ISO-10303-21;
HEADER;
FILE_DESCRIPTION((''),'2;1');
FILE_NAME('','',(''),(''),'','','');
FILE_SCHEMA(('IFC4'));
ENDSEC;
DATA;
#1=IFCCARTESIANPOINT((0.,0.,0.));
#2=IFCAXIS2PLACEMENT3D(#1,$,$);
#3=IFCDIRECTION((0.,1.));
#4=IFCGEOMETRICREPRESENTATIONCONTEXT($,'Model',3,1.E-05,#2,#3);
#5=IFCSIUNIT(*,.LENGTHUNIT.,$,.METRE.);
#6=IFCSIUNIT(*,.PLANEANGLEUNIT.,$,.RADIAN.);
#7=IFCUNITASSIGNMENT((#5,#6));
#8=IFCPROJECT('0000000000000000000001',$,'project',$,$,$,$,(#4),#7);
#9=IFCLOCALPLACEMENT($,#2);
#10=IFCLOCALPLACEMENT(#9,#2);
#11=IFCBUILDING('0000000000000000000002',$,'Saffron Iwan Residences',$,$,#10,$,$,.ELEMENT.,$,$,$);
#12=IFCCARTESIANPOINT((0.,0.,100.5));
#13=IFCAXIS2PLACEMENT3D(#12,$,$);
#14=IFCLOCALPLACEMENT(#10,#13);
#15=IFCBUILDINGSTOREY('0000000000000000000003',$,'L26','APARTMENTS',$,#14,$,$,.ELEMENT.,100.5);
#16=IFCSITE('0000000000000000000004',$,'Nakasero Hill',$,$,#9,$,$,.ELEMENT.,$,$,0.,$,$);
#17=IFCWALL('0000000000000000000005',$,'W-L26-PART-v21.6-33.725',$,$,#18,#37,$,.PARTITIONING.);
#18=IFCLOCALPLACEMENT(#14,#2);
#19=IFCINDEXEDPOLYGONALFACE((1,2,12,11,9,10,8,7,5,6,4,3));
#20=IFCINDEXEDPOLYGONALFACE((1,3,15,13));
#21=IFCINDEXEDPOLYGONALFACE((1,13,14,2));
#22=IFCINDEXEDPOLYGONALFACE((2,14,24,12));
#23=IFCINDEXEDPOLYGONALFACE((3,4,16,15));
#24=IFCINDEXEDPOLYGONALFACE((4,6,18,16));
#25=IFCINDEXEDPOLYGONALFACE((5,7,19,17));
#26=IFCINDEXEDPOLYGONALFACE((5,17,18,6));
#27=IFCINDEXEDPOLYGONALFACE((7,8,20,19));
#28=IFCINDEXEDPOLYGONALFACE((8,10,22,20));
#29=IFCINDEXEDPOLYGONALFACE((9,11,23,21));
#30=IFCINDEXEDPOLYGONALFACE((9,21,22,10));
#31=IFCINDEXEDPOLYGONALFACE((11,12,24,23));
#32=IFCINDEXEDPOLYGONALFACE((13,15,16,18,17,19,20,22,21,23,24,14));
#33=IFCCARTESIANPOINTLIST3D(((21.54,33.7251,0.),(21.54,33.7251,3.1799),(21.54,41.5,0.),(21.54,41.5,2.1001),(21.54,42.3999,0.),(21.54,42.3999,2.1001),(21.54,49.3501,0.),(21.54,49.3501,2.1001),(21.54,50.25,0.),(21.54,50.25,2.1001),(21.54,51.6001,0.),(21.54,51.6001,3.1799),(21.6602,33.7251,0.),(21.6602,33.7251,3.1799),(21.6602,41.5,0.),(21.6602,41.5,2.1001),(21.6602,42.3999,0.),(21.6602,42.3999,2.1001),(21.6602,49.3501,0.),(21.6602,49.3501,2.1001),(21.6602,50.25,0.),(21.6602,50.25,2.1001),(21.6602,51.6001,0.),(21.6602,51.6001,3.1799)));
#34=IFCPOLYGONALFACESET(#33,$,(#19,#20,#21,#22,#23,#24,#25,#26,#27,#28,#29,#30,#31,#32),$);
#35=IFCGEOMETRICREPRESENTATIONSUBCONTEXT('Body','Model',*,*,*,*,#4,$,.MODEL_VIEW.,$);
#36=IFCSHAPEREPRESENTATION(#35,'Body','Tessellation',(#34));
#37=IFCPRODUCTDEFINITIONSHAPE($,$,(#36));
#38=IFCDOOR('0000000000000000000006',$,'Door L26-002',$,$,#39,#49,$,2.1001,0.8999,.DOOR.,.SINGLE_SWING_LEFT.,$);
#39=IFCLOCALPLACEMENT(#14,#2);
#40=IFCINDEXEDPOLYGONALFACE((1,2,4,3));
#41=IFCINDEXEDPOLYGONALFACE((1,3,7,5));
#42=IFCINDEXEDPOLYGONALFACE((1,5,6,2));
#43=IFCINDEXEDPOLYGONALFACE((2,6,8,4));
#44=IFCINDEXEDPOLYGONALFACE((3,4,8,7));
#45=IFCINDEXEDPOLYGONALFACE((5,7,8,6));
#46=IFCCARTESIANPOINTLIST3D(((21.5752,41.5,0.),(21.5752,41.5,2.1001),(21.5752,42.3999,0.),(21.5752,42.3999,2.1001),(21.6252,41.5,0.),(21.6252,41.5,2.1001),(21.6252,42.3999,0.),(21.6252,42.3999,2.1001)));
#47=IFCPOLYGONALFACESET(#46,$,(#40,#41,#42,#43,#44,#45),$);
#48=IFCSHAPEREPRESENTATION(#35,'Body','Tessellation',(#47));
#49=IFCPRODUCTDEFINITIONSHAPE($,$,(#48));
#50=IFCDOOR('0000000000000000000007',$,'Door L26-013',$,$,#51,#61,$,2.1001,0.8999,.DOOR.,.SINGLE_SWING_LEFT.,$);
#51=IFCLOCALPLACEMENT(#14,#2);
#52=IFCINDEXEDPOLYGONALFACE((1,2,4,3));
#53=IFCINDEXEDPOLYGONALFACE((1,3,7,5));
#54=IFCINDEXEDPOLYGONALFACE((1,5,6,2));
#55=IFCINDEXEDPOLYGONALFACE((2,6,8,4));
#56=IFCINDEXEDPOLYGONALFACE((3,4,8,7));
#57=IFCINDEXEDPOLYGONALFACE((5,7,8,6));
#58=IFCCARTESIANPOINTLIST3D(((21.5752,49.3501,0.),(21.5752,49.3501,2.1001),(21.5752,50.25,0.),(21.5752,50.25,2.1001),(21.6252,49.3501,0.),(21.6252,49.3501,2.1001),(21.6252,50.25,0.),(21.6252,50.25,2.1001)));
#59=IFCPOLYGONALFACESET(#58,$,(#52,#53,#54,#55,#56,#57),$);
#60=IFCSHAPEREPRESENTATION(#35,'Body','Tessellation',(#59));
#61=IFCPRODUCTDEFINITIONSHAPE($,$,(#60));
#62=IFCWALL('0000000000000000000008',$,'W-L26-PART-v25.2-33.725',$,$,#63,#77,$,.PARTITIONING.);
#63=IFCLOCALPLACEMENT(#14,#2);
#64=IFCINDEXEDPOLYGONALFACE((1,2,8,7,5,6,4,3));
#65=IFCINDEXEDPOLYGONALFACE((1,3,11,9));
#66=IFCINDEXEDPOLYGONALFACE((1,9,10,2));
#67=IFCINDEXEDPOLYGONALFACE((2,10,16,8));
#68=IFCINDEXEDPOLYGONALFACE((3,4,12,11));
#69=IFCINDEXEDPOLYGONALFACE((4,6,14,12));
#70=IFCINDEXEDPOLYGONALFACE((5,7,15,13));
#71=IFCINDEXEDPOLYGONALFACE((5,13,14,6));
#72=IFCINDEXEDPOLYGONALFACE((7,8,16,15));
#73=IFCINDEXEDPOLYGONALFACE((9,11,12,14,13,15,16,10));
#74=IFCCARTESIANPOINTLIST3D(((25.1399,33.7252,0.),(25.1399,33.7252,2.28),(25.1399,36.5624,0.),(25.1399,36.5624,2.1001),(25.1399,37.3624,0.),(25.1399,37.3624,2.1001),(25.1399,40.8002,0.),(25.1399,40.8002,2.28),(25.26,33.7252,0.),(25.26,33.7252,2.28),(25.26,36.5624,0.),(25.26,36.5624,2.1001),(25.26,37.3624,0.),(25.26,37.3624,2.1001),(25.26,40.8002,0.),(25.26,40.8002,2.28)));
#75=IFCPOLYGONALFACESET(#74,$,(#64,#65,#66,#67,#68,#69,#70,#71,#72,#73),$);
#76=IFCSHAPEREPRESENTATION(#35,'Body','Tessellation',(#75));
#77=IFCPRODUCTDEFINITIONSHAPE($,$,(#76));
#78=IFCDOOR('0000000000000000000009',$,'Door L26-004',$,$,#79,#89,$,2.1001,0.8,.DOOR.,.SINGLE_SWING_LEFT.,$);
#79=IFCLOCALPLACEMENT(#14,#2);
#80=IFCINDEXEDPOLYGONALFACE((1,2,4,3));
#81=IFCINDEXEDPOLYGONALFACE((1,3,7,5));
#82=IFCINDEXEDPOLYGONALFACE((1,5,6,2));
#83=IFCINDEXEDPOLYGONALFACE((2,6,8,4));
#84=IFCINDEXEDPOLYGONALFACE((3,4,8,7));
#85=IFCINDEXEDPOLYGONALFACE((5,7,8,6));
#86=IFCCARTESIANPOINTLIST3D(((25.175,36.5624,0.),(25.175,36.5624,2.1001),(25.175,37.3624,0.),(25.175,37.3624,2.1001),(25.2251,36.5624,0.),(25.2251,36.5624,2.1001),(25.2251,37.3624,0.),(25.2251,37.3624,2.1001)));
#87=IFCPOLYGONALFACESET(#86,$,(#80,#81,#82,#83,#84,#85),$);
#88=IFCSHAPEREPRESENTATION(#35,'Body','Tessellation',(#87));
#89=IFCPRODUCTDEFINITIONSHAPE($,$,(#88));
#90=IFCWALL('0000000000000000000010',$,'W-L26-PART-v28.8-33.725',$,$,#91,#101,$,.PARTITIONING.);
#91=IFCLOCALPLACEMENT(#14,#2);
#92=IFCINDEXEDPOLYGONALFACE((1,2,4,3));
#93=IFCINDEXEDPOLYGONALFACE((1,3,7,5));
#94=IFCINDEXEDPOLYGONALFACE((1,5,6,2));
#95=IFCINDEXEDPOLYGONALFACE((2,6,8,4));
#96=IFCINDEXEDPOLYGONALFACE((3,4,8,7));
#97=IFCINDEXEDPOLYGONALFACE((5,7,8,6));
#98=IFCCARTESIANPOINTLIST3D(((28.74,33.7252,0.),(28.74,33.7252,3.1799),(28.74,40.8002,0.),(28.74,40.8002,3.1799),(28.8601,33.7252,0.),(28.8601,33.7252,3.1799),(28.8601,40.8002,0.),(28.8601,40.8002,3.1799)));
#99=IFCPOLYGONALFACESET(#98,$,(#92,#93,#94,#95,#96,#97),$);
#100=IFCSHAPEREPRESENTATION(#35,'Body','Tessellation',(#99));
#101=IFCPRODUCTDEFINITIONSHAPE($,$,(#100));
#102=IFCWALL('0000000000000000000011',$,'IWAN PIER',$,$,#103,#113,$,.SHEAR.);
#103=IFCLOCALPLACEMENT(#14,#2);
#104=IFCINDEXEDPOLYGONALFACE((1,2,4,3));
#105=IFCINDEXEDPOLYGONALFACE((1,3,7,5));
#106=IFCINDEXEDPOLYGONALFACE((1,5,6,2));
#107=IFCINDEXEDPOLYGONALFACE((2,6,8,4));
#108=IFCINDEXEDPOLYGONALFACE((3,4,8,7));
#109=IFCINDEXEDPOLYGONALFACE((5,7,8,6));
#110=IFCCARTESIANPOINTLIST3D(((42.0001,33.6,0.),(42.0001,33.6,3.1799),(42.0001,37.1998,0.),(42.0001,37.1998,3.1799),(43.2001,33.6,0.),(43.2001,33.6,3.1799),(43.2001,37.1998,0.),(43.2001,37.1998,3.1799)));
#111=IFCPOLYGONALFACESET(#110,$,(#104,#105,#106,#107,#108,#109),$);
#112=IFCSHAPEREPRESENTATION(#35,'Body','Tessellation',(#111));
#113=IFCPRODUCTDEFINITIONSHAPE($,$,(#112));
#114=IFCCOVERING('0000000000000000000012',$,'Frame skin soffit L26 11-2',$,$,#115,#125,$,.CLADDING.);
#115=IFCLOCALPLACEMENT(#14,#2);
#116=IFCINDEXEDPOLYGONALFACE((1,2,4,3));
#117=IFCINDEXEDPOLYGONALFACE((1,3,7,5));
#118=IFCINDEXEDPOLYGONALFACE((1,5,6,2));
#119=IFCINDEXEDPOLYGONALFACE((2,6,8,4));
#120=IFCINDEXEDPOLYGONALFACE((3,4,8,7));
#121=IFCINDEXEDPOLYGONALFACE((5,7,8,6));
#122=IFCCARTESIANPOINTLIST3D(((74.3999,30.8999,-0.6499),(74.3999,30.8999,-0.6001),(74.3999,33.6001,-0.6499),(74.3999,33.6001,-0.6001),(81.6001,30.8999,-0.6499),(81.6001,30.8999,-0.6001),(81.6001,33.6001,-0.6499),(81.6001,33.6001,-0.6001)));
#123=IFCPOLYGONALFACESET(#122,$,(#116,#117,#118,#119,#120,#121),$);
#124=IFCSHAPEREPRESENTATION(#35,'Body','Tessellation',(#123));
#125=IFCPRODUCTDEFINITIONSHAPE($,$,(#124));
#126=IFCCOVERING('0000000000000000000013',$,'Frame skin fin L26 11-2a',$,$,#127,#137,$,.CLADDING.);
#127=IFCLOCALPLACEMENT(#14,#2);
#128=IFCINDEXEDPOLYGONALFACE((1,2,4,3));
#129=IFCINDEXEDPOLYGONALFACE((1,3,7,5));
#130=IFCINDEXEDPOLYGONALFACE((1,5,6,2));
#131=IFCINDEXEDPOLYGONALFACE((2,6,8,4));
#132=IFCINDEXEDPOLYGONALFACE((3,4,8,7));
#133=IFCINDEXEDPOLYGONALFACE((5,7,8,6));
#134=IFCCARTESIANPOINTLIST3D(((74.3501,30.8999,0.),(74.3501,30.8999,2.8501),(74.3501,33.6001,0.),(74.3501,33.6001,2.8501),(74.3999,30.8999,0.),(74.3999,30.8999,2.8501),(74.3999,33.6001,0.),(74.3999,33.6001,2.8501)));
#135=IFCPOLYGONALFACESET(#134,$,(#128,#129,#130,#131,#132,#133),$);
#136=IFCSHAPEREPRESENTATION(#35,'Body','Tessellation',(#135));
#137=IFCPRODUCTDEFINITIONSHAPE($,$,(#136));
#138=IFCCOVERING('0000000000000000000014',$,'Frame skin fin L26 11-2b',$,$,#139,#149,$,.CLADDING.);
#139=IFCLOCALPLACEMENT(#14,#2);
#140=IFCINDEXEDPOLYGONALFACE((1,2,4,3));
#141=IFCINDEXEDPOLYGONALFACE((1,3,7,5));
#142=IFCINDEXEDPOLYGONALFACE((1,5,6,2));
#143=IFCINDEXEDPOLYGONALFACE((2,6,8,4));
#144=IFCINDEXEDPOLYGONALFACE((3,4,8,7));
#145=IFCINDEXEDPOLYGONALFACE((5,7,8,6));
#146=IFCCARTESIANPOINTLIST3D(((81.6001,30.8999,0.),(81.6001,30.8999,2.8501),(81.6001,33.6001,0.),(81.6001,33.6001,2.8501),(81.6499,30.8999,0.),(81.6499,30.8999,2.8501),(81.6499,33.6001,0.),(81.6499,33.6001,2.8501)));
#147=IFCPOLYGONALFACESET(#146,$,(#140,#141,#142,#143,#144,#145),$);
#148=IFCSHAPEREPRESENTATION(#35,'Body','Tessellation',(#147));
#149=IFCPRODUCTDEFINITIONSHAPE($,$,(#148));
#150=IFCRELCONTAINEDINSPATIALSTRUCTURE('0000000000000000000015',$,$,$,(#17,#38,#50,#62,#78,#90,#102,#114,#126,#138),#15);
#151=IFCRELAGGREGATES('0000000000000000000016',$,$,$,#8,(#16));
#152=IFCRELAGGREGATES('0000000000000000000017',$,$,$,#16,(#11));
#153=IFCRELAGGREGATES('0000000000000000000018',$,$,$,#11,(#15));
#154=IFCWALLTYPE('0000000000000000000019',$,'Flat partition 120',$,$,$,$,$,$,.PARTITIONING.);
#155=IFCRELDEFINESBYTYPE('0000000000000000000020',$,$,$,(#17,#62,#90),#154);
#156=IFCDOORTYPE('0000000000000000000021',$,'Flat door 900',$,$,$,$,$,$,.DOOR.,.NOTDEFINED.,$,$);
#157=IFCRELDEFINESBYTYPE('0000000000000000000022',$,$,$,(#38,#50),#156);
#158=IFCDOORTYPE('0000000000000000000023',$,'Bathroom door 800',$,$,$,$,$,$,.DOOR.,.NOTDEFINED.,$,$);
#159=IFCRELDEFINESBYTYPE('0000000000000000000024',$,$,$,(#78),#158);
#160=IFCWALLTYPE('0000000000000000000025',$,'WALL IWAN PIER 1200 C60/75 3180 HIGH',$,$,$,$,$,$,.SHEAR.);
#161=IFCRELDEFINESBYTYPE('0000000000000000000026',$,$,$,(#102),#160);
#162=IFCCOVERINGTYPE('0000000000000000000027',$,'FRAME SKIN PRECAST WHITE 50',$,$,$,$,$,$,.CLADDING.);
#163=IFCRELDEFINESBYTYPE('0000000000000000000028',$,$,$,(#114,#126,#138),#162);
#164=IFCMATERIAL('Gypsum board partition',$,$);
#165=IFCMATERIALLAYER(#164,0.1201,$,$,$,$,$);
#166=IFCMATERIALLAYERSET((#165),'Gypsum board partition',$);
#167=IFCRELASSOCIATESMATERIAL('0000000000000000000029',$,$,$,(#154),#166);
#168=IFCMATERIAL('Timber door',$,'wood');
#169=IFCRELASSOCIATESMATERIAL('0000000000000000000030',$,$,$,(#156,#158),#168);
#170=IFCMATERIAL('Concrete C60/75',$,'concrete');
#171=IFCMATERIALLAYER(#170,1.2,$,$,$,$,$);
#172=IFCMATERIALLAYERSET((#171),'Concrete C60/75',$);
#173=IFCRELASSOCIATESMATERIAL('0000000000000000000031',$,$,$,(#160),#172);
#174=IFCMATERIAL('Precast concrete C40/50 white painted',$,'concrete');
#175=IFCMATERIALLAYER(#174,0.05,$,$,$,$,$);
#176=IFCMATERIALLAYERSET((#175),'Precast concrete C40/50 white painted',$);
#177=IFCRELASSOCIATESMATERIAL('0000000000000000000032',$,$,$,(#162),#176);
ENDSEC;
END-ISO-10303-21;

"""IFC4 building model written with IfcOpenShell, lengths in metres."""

from ifc_helpers import new_model, si_unit, direction, frame, frame_2d, origin, place, context, subcontext, project, spatial, polyline, rectangle, outline, extrude, material, layer, layer_set, type_object, element, fill, save


model = new_model("IFC4")

# Units and contexts
model_context = context("Model", 3, precision=1e-05, world=origin(), true_north=direction((0.0, 1.0)))
body_context = subcontext(model_context, "Body", "Model", "MODEL_VIEW")
ifc_project = project(units=[si_unit("LENGTHUNIT", "METRE"), si_unit("PLANEANGLEUNIT", "RADIAN")], contexts=[model_context])

# Site, building, storey
site_placement = place(None, origin())
site = spatial("IfcSite", under=ifc_project, at=site_placement, Name="Nakasero Hill", CompositionType="ELEMENT", RefElevation=0.0)
building_placement = place(site_placement, origin())
building = spatial("IfcBuilding", under=site, at=building_placement, Name="Saffron Iwan Residences", CompositionType="ELEMENT")
storey_placement = place(building_placement, frame((0.0, 0.0, 100.5)))
storey = spatial("IfcBuildingStorey", under=building, at=storey_placement, Name="L26", Description="APARTMENTS", CompositionType="ELEMENT", Elevation=100.5)

# Wall, openings, doors
ifc_material_1 = material(Name="Gypsum board partition")
ifc_layer_1 = layer(ifc_material_1, 0.1201)
ifc_layer_set_1 = layer_set([ifc_layer_1], Name="Gypsum board partition")
wall_type_1 = type_object("IfcWallType", Name="Flat partition 120", PredefinedType="PARTITIONING", material=ifc_layer_set_1)
wall_1_placement = place(storey_placement, frame((21.6001, 33.7251, 0.0), z_axis=(0.0, 0.0, 1.0), x_axis=(0.0, 1.0, 0.0)))
wall_1 = element("IfcWall", 1, at=wall_1_placement, inside=storey, type_object=wall_type_1, Name="W-L26-PART-v21.6-33.725", PredefinedType="PARTITIONING", context=body_context, shape_type="SweptSolid", body=[
    extrude(rectangle(XDim=17.875, YDim=0.1201, at=frame_2d((8.9375, 0.0))), origin(), (0.0, 0.0, 1.0), 3.1799),
])
opening_1_placement = place(wall_1_placement, frame((7.7749, 0.0, 0.0)))
opening_1 = element("IfcOpeningElement", 2, at=opening_1_placement, cuts=wall_1, PredefinedType="OPENING", context=body_context, shape_type="SweptSolid", body=[
    extrude(rectangle(XDim=0.8999, YDim=2.1001, at=frame_2d((0.45, 1.05))), frame((0.0, 0.0701, 0.0), z_axis=(0.0, -1.0, 0.0), x_axis=(1.0, 0.0, 0.0)), (0.0, 0.0, 1.0), 0.1401),
])
opening_2_placement = place(wall_1_placement, frame((15.625, 0.0, 0.0)))
opening_2 = element("IfcOpeningElement", 3, at=opening_2_placement, cuts=wall_1, PredefinedType="OPENING", context=body_context, shape_type="SweptSolid", body=[
    extrude(rectangle(XDim=0.8999, YDim=2.1001, at=frame_2d((0.45, 1.05))), frame((0.0, 0.0701, 0.0), z_axis=(0.0, -1.0, 0.0), x_axis=(1.0, 0.0, 0.0)), (0.0, 0.0, 1.0), 0.1401),
])
ifc_material_2 = material(Name="Timber door", Category="wood")
door_type_1 = type_object("IfcDoorType", Name="Flat door 900", OperationType="NOTDEFINED", PredefinedType="DOOR", material=ifc_material_2)
door_1_placement = place(opening_1_placement, origin())
door_1 = element("IfcDoor", 4, at=door_1_placement, inside=storey, type_object=door_type_1, Name="Door L26-002", OperationType="SINGLE_SWING_LEFT", OverallHeight=2.1001, OverallWidth=0.8999, PredefinedType="DOOR", context=body_context, shape_type="SweptSolid", body=[
    extrude(rectangle(XDim=0.8999, YDim=2.1001, at=frame_2d((0.45, 1.05))), frame((0.0, 0.0249, 0.0), z_axis=(0.0, -1.0, 0.0), x_axis=(1.0, 0.0, 0.0)), (0.0, 0.0, 1.0), 0.05),
])
fill(opening_1, door_1)
door_2_placement = place(opening_2_placement, origin())
door_2 = element("IfcDoor", 5, at=door_2_placement, inside=storey, type_object=door_type_1, Name="Door L26-013", OperationType="SINGLE_SWING_LEFT", OverallHeight=2.1001, OverallWidth=0.8999, PredefinedType="DOOR", context=body_context, shape_type="SweptSolid", body=[
    extrude(rectangle(XDim=0.8999, YDim=2.1001, at=frame_2d((0.45, 1.05))), frame((0.0, 0.0249, 0.0), z_axis=(0.0, -1.0, 0.0), x_axis=(1.0, 0.0, 0.0)), (0.0, 0.0, 1.0), 0.05),
])
fill(opening_2, door_2)

# Wall, opening, door
wall_2_placement = place(storey_placement, frame((25.2, 33.7251, 0.0), z_axis=(0.0, 0.0, 1.0), x_axis=(0.0, 1.0, 0.0)))
wall_2 = element("IfcWall", 6, at=wall_2_placement, inside=storey, type_object=wall_type_1, Name="W-L26-PART-v25.2-33.725", PredefinedType="PARTITIONING", context=body_context, shape_type="SweptSolid", body=[
    extrude(rectangle(XDim=7.075, YDim=0.1201, at=frame_2d((3.5376, 0.0))), origin(), (0.0, 0.0, 1.0), 2.28),
])
opening_3_placement = place(wall_2_placement, frame((2.8374, 0.0, 0.0)))
opening_3 = element("IfcOpeningElement", 7, at=opening_3_placement, cuts=wall_2, PredefinedType="OPENING", context=body_context, shape_type="SweptSolid", body=[
    extrude(rectangle(XDim=0.8, YDim=2.1001, at=frame_2d((0.3999, 1.05))), frame((0.0, 0.0701, 0.0), z_axis=(0.0, -1.0, 0.0), x_axis=(1.0, 0.0, 0.0)), (0.0, 0.0, 1.0), 0.1401),
])
door_type_2 = type_object("IfcDoorType", Name="Bathroom door 800", OperationType="NOTDEFINED", PredefinedType="DOOR", material=ifc_material_2)
door_3_placement = place(opening_3_placement, origin())
door_3 = element("IfcDoor", 8, at=door_3_placement, inside=storey, type_object=door_type_2, Name="Door L26-004", OperationType="SINGLE_SWING_LEFT", OverallHeight=2.1001, OverallWidth=0.8, PredefinedType="DOOR", context=body_context, shape_type="SweptSolid", body=[
    extrude(rectangle(XDim=0.8, YDim=2.1001, at=frame_2d((0.3999, 1.05))), frame((0.0, 0.0249, 0.0), z_axis=(0.0, -1.0, 0.0), x_axis=(1.0, 0.0, 0.0)), (0.0, 0.0, 1.0), 0.05),
])
fill(opening_3, door_3)

# Walls
wall_3_placement = place(storey_placement, frame((28.8, 33.7251, 0.0), z_axis=(0.0, 0.0, 1.0), x_axis=(0.0, 1.0, 0.0)))
element("IfcWall", 9, at=wall_3_placement, inside=storey, type_object=wall_type_1, Name="W-L26-PART-v28.8-33.725", PredefinedType="PARTITIONING", context=body_context, shape_type="SweptSolid", body=[
    extrude(rectangle(XDim=7.075, YDim=0.1201, at=frame_2d((3.5376, 0.0))), origin(), (0.0, 0.0, 1.0), 3.1799),
])
ifc_material_3 = material(Name="Concrete C60/75", Category="concrete")
ifc_layer_2 = layer(ifc_material_3, 1.2)
ifc_layer_set_2 = layer_set([ifc_layer_2], Name="Concrete C60/75")
wall_type_2 = type_object("IfcWallType", Name="WALL IWAN PIER 1200 C60/75 3180 HIGH", PredefinedType="SHEAR", material=ifc_layer_set_2)
wall_4_placement = place(storey_placement, frame((42.6001, 33.6001, 0.0), z_axis=(0.0, 0.0, 1.0), x_axis=(0.0, 1.0, 0.0)))
element("IfcWall", 10, at=wall_4_placement, inside=storey, type_object=wall_type_2, Name="IWAN PIER", PredefinedType="SHEAR", context=body_context, shape_type="SweptSolid", body=[
    extrude(rectangle(XDim=3.5999, YDim=1.2, at=frame_2d((1.7998, 0.0))), origin(), (0.0, 0.0, 1.0), 3.1799),
])

# Coverings
ifc_material_4 = material(Name="Precast concrete C40/50 white painted", Category="concrete")
ifc_layer_3 = layer(ifc_material_4, 0.05)
ifc_layer_set_3 = layer_set([ifc_layer_3], Name="Precast concrete C40/50 white painted")
covering_type_1 = type_object("IfcCoveringType", Name="FRAME SKIN PRECAST WHITE 50", PredefinedType="CLADDING", material=ifc_layer_set_3)
covering_1_placement = place(storey_placement, frame((0.0, 0.0, -0.6499)))
element("IfcCovering", 11, at=covering_1_placement, inside=storey, type_object=covering_type_1, Name="Frame skin soffit L26 11-2", PredefinedType="CLADDING", context=body_context, shape_type="SweptSolid", body=[
    extrude(outline(polyline([(74.3999, 30.8999), (81.6001, 30.8999), (81.6001, 33.6001), (74.3999, 33.6001), (74.3999, 30.8999)])), origin(), (0.0, 0.0, 1.0), 0.0498),
])
covering_2_placement = place(storey_placement, origin())
element("IfcCovering", 12, at=covering_2_placement, inside=storey, type_object=covering_type_1, Name="Frame skin fin L26 11-2a", PredefinedType="CLADDING", context=body_context, shape_type="SweptSolid", body=[
    extrude(outline(polyline([(74.3501, 30.8999), (74.3999, 30.8999), (74.3999, 33.6001), (74.3501, 33.6001), (74.3501, 30.8999)])), origin(), (0.0, 0.0, 1.0), 2.8501),
])
covering_3_placement = place(storey_placement, origin())
element("IfcCovering", 13, at=covering_3_placement, inside=storey, type_object=covering_type_1, Name="Frame skin fin L26 11-2b", PredefinedType="CLADDING", context=body_context, shape_type="SweptSolid", body=[
    extrude(outline(polyline([(81.6001, 30.8999), (81.6499, 30.8999), (81.6499, 33.6001), (81.6001, 33.6001), (81.6001, 30.8999)])), origin(), (0.0, 0.0, 1.0), 2.8501),
])

save(model, "model.ifc")
